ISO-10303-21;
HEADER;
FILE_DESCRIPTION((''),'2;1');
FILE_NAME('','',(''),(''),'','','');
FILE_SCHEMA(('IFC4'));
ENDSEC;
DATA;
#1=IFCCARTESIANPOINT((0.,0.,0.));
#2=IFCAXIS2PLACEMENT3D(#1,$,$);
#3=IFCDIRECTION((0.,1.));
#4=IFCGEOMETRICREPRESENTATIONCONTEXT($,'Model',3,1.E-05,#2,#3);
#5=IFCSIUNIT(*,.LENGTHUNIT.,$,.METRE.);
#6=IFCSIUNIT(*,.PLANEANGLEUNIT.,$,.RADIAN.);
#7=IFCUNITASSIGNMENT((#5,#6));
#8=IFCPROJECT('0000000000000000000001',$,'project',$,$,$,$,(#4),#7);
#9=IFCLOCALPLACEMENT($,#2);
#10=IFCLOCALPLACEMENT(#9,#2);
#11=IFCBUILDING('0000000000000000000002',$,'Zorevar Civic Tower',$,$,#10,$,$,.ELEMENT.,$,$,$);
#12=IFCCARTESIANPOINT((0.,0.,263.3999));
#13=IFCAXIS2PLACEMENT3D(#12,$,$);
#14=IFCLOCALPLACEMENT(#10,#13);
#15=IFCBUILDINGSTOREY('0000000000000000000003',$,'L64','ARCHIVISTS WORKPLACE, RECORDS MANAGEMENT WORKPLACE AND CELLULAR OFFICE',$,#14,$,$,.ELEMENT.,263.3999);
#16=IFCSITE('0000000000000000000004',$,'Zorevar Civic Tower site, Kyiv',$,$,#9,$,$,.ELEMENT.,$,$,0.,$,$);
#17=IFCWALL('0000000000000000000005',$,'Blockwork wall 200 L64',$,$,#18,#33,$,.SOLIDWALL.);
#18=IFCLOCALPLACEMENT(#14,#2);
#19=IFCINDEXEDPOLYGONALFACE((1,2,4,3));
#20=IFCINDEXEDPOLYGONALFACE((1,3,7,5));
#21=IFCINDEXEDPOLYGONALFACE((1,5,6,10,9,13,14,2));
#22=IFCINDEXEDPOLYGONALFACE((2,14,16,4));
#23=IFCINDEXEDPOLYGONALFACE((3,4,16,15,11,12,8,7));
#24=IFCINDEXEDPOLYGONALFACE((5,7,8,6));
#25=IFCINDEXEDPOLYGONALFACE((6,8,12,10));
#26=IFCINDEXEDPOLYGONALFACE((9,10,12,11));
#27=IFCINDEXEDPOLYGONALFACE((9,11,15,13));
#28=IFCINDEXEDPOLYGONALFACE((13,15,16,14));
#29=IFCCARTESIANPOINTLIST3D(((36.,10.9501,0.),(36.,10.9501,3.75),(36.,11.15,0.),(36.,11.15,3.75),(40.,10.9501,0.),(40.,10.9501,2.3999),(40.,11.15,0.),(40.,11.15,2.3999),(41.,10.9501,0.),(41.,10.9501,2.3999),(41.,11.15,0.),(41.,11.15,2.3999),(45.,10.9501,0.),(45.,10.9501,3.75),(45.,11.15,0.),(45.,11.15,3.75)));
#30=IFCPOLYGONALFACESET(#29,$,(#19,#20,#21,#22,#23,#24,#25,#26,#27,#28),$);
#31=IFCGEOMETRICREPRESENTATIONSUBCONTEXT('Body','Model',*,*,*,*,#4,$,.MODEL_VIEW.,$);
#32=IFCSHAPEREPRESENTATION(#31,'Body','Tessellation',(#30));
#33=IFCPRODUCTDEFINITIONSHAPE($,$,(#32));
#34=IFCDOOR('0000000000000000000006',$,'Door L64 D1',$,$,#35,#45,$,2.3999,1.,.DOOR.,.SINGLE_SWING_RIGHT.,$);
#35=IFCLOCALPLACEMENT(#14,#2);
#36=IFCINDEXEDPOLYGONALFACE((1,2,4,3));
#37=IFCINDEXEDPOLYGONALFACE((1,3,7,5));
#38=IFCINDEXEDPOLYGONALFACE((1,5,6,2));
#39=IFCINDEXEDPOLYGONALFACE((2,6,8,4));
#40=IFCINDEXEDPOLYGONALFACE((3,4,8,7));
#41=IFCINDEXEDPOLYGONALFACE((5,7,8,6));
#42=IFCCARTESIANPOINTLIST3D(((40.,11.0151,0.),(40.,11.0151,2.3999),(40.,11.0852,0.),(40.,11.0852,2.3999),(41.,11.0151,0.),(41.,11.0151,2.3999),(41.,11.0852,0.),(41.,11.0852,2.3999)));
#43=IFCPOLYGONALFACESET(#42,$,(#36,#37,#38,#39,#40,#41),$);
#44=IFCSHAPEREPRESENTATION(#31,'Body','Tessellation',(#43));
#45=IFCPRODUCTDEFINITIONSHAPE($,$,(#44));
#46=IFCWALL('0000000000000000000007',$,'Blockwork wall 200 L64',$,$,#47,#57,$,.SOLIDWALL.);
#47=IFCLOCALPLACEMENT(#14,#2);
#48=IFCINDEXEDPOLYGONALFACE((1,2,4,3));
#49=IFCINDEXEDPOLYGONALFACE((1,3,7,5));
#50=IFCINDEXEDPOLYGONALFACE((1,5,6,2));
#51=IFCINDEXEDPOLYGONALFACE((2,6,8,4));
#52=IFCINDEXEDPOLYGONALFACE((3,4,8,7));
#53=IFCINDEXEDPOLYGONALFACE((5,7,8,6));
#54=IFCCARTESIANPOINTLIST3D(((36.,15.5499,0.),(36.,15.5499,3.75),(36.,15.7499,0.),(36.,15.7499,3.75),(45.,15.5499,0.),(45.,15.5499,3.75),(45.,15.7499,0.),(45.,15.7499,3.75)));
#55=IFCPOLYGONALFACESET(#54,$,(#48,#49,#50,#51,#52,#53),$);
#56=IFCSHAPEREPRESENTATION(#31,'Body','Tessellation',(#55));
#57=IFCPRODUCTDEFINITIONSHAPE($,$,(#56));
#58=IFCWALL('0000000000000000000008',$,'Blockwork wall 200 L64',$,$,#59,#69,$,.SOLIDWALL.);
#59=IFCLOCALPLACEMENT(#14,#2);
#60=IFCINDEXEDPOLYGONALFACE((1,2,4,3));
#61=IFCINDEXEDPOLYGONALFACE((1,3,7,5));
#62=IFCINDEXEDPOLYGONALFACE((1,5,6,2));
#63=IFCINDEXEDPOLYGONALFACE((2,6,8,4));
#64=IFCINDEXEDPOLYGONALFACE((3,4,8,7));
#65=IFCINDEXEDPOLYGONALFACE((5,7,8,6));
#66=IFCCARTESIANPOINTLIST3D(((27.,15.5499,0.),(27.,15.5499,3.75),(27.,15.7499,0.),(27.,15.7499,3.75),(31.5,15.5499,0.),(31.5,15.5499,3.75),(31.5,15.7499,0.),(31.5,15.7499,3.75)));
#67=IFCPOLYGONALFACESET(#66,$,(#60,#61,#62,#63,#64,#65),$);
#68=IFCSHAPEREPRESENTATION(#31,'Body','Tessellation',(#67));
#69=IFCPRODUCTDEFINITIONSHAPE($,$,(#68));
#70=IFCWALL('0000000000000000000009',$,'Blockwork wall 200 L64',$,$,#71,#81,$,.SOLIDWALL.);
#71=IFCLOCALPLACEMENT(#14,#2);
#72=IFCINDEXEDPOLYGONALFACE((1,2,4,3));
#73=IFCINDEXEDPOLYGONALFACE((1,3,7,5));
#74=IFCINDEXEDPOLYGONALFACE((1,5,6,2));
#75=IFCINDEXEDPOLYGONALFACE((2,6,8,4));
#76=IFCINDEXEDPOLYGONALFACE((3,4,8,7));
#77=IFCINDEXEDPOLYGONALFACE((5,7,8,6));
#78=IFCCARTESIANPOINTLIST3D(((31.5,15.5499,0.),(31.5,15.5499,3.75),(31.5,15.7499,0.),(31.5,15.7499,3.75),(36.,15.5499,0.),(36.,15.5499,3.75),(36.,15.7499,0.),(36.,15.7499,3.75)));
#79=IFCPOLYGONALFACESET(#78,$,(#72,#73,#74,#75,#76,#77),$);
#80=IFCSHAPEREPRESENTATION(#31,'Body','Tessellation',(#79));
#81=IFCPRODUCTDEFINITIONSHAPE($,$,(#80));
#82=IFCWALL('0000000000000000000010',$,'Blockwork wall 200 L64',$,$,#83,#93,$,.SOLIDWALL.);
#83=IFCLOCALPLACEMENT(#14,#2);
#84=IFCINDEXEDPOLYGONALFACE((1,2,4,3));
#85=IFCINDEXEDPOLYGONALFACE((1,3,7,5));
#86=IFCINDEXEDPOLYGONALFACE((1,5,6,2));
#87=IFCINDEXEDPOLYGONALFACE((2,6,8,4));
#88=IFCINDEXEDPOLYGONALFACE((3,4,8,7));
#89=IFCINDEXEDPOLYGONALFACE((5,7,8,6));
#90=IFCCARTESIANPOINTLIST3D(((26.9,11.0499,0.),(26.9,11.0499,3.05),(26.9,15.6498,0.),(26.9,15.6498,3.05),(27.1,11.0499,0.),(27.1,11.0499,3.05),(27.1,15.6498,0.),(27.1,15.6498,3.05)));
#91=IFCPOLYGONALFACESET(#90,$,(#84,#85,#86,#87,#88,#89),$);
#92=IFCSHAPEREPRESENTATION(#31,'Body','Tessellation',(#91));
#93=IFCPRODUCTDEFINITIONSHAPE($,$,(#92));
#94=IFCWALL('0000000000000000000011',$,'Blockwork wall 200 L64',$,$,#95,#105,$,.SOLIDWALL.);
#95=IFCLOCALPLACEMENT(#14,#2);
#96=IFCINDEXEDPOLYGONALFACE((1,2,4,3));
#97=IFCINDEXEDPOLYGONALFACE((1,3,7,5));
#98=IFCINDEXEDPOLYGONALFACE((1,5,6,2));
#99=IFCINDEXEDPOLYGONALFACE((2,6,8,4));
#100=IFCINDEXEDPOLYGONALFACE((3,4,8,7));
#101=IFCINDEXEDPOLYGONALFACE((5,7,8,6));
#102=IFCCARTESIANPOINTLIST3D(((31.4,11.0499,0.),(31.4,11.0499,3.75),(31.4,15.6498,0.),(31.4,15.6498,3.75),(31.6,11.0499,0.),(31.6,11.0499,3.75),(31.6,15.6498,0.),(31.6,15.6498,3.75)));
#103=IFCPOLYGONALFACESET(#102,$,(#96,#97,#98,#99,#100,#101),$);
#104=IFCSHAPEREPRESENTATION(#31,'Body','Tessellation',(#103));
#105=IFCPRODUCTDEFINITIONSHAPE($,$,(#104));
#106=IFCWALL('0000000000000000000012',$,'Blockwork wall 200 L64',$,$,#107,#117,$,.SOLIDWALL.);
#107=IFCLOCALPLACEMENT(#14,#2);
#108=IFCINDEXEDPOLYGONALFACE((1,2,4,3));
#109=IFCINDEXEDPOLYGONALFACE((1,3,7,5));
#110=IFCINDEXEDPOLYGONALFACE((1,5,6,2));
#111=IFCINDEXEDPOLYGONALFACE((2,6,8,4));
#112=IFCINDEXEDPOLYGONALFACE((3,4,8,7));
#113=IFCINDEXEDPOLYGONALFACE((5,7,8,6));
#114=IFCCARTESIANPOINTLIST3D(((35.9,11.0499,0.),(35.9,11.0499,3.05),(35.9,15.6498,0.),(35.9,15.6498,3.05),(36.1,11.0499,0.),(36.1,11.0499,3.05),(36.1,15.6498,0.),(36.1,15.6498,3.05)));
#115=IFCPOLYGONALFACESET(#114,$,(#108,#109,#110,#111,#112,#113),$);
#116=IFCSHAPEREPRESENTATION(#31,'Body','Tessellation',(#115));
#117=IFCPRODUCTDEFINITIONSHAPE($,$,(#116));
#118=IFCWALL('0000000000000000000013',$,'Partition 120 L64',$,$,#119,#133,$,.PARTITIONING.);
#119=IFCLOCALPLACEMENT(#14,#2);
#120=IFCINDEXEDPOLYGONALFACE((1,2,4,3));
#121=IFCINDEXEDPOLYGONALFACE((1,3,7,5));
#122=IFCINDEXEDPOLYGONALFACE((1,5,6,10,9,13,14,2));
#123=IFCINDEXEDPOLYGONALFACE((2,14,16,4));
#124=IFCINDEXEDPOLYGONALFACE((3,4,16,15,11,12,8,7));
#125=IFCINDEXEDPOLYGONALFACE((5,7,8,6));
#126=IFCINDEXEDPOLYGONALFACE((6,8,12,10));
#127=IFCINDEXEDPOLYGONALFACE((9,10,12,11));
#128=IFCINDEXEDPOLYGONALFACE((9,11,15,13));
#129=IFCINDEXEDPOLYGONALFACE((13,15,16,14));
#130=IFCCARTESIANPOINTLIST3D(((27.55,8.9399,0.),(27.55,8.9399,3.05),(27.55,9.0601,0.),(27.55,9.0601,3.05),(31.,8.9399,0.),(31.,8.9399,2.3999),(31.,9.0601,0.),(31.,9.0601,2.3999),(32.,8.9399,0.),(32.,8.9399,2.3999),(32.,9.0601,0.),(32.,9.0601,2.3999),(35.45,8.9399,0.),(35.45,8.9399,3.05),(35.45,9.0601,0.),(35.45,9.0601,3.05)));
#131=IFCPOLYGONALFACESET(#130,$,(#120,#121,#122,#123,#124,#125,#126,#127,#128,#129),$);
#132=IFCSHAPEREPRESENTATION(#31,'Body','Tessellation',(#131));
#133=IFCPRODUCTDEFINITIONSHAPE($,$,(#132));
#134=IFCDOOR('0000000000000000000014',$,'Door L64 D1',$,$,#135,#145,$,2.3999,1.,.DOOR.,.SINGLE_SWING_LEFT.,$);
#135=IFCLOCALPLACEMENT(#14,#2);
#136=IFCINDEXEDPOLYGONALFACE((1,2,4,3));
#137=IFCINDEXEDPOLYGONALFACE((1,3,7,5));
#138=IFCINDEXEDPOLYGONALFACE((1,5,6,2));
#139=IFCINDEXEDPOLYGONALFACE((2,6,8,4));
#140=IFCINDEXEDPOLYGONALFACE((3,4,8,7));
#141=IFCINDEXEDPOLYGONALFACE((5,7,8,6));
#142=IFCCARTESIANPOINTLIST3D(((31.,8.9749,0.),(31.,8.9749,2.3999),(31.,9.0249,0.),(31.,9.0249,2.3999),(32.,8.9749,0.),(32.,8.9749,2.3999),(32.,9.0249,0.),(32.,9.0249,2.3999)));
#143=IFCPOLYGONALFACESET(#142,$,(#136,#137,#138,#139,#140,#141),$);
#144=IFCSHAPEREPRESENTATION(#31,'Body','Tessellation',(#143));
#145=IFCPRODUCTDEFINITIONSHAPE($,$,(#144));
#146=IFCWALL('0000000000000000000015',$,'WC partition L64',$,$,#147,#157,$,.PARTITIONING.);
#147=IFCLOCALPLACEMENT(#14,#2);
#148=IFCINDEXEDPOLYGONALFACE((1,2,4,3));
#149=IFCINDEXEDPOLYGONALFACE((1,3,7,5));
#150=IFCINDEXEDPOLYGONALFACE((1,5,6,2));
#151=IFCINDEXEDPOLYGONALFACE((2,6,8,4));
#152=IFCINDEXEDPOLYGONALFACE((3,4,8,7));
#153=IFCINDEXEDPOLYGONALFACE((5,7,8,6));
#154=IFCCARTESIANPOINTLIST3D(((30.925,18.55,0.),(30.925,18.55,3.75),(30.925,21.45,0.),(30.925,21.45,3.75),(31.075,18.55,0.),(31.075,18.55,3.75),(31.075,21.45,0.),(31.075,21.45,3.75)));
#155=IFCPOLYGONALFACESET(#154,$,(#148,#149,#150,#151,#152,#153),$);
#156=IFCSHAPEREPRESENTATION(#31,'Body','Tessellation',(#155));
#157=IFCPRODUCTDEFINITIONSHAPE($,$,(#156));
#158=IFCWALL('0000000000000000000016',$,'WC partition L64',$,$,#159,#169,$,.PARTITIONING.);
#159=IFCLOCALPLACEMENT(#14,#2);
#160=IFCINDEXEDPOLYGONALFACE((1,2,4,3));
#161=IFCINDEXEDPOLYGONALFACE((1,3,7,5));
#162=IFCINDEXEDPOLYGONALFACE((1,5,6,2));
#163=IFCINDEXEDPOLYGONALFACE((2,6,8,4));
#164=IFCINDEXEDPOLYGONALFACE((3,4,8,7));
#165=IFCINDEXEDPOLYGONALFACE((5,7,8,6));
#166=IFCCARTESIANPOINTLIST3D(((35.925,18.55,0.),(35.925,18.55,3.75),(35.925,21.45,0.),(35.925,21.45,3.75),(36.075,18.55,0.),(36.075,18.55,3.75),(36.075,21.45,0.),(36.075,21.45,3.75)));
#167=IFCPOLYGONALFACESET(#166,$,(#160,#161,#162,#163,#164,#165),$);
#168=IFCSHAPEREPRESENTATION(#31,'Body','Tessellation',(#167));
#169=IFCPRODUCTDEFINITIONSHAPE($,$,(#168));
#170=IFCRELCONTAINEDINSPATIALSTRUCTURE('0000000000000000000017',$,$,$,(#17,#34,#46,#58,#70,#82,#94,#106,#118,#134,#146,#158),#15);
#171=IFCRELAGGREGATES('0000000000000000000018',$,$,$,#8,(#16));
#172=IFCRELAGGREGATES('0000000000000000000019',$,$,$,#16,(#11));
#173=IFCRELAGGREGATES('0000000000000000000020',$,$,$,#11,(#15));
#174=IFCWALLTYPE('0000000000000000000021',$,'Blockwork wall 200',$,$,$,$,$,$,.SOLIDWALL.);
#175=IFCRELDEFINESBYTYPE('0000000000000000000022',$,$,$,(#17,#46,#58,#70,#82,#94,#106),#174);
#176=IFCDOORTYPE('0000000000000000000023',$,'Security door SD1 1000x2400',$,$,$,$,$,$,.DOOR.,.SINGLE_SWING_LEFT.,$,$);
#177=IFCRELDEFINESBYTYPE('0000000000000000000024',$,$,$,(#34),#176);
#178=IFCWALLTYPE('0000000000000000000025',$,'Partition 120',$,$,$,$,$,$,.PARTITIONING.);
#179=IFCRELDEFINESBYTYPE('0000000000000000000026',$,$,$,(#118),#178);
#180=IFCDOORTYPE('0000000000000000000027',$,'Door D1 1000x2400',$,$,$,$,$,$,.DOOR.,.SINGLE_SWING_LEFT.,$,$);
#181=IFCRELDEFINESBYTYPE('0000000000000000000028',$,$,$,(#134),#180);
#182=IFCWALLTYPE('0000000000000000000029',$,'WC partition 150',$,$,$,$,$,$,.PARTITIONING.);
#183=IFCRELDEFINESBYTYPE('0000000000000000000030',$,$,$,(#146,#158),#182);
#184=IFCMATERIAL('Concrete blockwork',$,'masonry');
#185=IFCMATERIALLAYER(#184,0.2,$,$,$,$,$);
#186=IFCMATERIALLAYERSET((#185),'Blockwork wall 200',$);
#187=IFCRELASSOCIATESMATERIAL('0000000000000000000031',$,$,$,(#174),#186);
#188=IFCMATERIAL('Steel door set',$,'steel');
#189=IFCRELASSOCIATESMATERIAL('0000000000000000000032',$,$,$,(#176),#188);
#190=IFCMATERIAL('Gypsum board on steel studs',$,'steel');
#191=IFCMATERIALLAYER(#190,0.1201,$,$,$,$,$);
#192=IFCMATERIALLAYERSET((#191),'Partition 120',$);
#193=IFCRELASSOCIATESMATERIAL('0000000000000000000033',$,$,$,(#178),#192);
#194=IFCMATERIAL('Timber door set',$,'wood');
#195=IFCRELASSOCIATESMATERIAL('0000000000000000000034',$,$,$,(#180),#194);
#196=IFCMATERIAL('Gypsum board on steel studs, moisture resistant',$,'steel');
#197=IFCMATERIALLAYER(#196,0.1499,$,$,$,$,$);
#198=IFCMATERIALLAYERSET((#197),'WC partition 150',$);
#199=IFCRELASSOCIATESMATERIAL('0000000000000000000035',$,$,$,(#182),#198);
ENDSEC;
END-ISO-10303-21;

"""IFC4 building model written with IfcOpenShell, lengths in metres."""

from ifc_helpers import new_model, si_unit, direction, frame, frame_2d, origin, place, context, subcontext, project, spatial, rectangle, extrude, material, layer, layer_set, type_object, element, fill, save


model = new_model("IFC4")

# Units and contexts
model_context = context("Model", 3, precision=1e-05, world=origin(), true_north=direction((0.0, 1.0)))
body_context = subcontext(model_context, "Body", "Model", "MODEL_VIEW")
ifc_project = project(units=[si_unit("LENGTHUNIT", "METRE"), si_unit("PLANEANGLEUNIT", "RADIAN")], contexts=[model_context])

# Site, building, storey
site_placement = place(None, origin())
site = spatial("IfcSite", under=ifc_project, at=site_placement, Name="Zorevar Civic Tower site, Kyiv", CompositionType="ELEMENT", RefElevation=0.0)
building_placement = place(site_placement, origin())
building = spatial("IfcBuilding", under=site, at=building_placement, Name="Zorevar Civic Tower", CompositionType="ELEMENT")
storey_placement = place(building_placement, frame((0.0, 0.0, 263.3999)))
storey = spatial("IfcBuildingStorey", under=building, at=storey_placement, Name="L64", Description="ARCHIVISTS WORKPLACE, RECORDS MANAGEMENT WORKPLACE AND CELLULAR OFFICE", CompositionType="ELEMENT", Elevation=263.3999)

# Wall, opening, door
ifc_material_1 = material(Name="Concrete blockwork", Category="masonry")
ifc_layer_1 = layer(ifc_material_1, 0.2)
ifc_layer_set_1 = layer_set([ifc_layer_1], Name="Blockwork wall 200")
wall_type_1 = type_object("IfcWallType", Name="Blockwork wall 200", PredefinedType="SOLIDWALL", material=ifc_layer_set_1)
wall_1_placement = place(storey_placement, frame((36.0, 11.05, 0.0), z_axis=(0.0, 0.0, 1.0), x_axis=(1.0, 0.0, 0.0)))
wall_1 = element("IfcWall", 1, at=wall_1_placement, inside=storey, type_object=wall_type_1, Name="Blockwork wall 200 L64", PredefinedType="SOLIDWALL", context=body_context, shape_type="SweptSolid", body=[
    extrude(rectangle(XDim=9.0, YDim=0.2, at=frame_2d((4.5, 0.0))), origin(), (0.0, 0.0, 1.0), 3.75),
])
opening_1_placement = place(wall_1_placement, frame((4.0, 0.0, 0.0)))
opening_1 = element("IfcOpeningElement", 2, at=opening_1_placement, cuts=wall_1, PredefinedType="OPENING", context=body_context, shape_type="SweptSolid", body=[
    extrude(rectangle(XDim=1.0, YDim=2.3999, at=frame_2d((0.5, 1.2))), frame((0.0, 0.1099, 0.0), z_axis=(0.0, -1.0, 0.0), x_axis=(1.0, 0.0, 0.0)), (0.0, 0.0, 1.0), 0.22),
])
ifc_material_2 = material(Name="Steel door set", Category="steel")
door_type_1 = type_object("IfcDoorType", Name="Security door SD1 1000x2400", OperationType="SINGLE_SWING_LEFT", PredefinedType="DOOR", material=ifc_material_2)
door_1_placement = place(opening_1_placement, origin())
door_1 = element("IfcDoor", 3, at=door_1_placement, inside=storey, type_object=door_type_1, Name="Door L64 D1", OperationType="SINGLE_SWING_RIGHT", OverallHeight=2.3999, OverallWidth=1.0, PredefinedType="DOOR", context=body_context, shape_type="SweptSolid", body=[
    extrude(rectangle(XDim=1.0, YDim=2.3999, at=frame_2d((0.5, 1.2))), frame((0.0, 0.0352, 0.0), z_axis=(0.0, -1.0, 0.0), x_axis=(1.0, 0.0, 0.0)), (0.0, 0.0, 1.0), 0.0701),
])
fill(opening_1, door_1)

# Walls
wall_2_placement = place(storey_placement, frame((36.0, 15.6499, 0.0), z_axis=(0.0, 0.0, 1.0), x_axis=(1.0, 0.0, 0.0)))
element("IfcWall", 4, at=wall_2_placement, inside=storey, type_object=wall_type_1, Name="Blockwork wall 200 L64", PredefinedType="SOLIDWALL", context=body_context, shape_type="SweptSolid", body=[
    extrude(rectangle(XDim=9.0, YDim=0.2, at=frame_2d((4.5, 0.0))), origin(), (0.0, 0.0, 1.0), 3.75),
])
for number, where, z_axis, x_axis, name in (
    (5, (27.0, 15.6499, 0.0), (0.0, 0.0, 1.0), (1.0, 0.0, 0.0), "Blockwork wall 200 L64"),
    (6, (31.5, 15.6499, 0.0), (0.0, 0.0, 1.0), (1.0, 0.0, 0.0), "Blockwork wall 200 L64"),
):
    element("IfcWall", number, at=place(storey_placement, frame(where, z_axis=z_axis, x_axis=x_axis)), inside=storey, type_object=wall_type_1, Name=name, PredefinedType="SOLIDWALL", context=body_context, shape_type="SweptSolid", body=[
        extrude(rectangle(XDim=4.5, YDim=0.2, at=frame_2d((2.25, 0.0))), origin(), (0.0, 0.0, 1.0), 3.75),
    ])
wall_3_placement = place(storey_placement, frame((27.0, 11.05, 0.0), z_axis=(0.0, 0.0, 1.0), x_axis=(0.0, 1.0, 0.0)))
element("IfcWall", 7, at=wall_3_placement, inside=storey, type_object=wall_type_1, Name="Blockwork wall 200 L64", PredefinedType="SOLIDWALL", context=body_context, shape_type="SweptSolid", body=[
    extrude(rectangle(XDim=4.5999, YDim=0.2, at=frame_2d((2.2998, 0.0))), origin(), (0.0, 0.0, 1.0), 3.05),
])
wall_4_placement = place(storey_placement, frame((31.5, 11.05, 0.0), z_axis=(0.0, 0.0, 1.0), x_axis=(0.0, 1.0, 0.0)))
element("IfcWall", 8, at=wall_4_placement, inside=storey, type_object=wall_type_1, Name="Blockwork wall 200 L64", PredefinedType="SOLIDWALL", context=body_context, shape_type="SweptSolid", body=[
    extrude(rectangle(XDim=4.5999, YDim=0.2, at=frame_2d((2.2998, 0.0))), origin(), (0.0, 0.0, 1.0), 3.75),
])
wall_5_placement = place(storey_placement, frame((36.0, 11.05, 0.0), z_axis=(0.0, 0.0, 1.0), x_axis=(0.0, 1.0, 0.0)))
element("IfcWall", 9, at=wall_5_placement, inside=storey, type_object=wall_type_1, Name="Blockwork wall 200 L64", PredefinedType="SOLIDWALL", context=body_context, shape_type="SweptSolid", body=[
    extrude(rectangle(XDim=4.5999, YDim=0.2, at=frame_2d((2.2998, 0.0))), origin(), (0.0, 0.0, 1.0), 3.05),
])

# Wall, opening, door
ifc_material_3 = material(Name="Gypsum board on steel studs", Category="steel")
ifc_layer_2 = layer(ifc_material_3, 0.1201)
ifc_layer_set_2 = layer_set([ifc_layer_2], Name="Partition 120")
wall_type_2 = type_object("IfcWallType", Name="Partition 120", PredefinedType="PARTITIONING", material=ifc_layer_set_2)
wall_6_placement = place(storey_placement, frame((27.55, 9.0, 0.0), z_axis=(0.0, 0.0, 1.0), x_axis=(1.0, 0.0, 0.0)))
wall_6 = element("IfcWall", 10, at=wall_6_placement, inside=storey, type_object=wall_type_2, Name="Partition 120 L64", PredefinedType="PARTITIONING", context=body_context, shape_type="SweptSolid", body=[
    extrude(rectangle(XDim=7.8999, YDim=0.1201, at=frame_2d((3.95, 0.0))), origin(), (0.0, 0.0, 1.0), 3.05),
])
opening_2_placement = place(wall_6_placement, frame((3.45, 0.0, 0.0)))
opening_2 = element("IfcOpeningElement", 11, at=opening_2_placement, cuts=wall_6, PredefinedType="OPENING", context=body_context, shape_type="SweptSolid", body=[
    extrude(rectangle(XDim=1.0, YDim=2.3999, at=frame_2d((0.5, 1.2))), frame((0.0, 0.0701, 0.0), z_axis=(0.0, -1.0, 0.0), x_axis=(1.0, 0.0, 0.0)), (0.0, 0.0, 1.0), 0.1401),
])
ifc_material_4 = material(Name="Timber door set", Category="wood")
door_type_2 = type_object("IfcDoorType", Name="Door D1 1000x2400", OperationType="SINGLE_SWING_LEFT", PredefinedType="DOOR", material=ifc_material_4)
door_2_placement = place(opening_2_placement, origin())
door_2 = element("IfcDoor", 12, at=door_2_placement, inside=storey, type_object=door_type_2, Name="Door L64 D1", OperationType="SINGLE_SWING_LEFT", OverallHeight=2.3999, OverallWidth=1.0, PredefinedType="DOOR", context=body_context, shape_type="SweptSolid", body=[
    extrude(rectangle(XDim=1.0, YDim=2.3999, at=frame_2d((0.5, 1.2))), frame((0.0, 0.0249, 0.0), z_axis=(0.0, -1.0, 0.0), x_axis=(1.0, 0.0, 0.0)), (0.0, 0.0, 1.0), 0.05),
])
fill(opening_2, door_2)

# Walls
ifc_material_5 = material(Name="Gypsum board on steel studs, moisture resistant", Category="steel")
ifc_layer_3 = layer(ifc_material_5, 0.1499)
ifc_layer_set_3 = layer_set([ifc_layer_3], Name="WC partition 150")
wall_type_3 = type_object("IfcWallType", Name="WC partition 150", PredefinedType="PARTITIONING", material=ifc_layer_set_3)
for number, where, z_axis, x_axis, name in (
    (13, (31.0, 18.55, 0.0), (0.0, 0.0, 1.0), (0.0, 1.0, 0.0), "WC partition L64"),
    (14, (36.0, 18.55, 0.0), (0.0, 0.0, 1.0), (0.0, 1.0, 0.0), "WC partition L64"),
):
    element("IfcWall", number, at=place(storey_placement, frame(where, z_axis=z_axis, x_axis=x_axis)), inside=storey, type_object=wall_type_3, Name=name, PredefinedType="PARTITIONING", context=body_context, shape_type="SweptSolid", body=[
        extrude(rectangle(XDim=2.8999, YDim=0.1499, at=frame_2d((1.45, 0.0))), origin(), (0.0, 0.0, 1.0), 3.75),
    ])

save(model, "model.ifc")
